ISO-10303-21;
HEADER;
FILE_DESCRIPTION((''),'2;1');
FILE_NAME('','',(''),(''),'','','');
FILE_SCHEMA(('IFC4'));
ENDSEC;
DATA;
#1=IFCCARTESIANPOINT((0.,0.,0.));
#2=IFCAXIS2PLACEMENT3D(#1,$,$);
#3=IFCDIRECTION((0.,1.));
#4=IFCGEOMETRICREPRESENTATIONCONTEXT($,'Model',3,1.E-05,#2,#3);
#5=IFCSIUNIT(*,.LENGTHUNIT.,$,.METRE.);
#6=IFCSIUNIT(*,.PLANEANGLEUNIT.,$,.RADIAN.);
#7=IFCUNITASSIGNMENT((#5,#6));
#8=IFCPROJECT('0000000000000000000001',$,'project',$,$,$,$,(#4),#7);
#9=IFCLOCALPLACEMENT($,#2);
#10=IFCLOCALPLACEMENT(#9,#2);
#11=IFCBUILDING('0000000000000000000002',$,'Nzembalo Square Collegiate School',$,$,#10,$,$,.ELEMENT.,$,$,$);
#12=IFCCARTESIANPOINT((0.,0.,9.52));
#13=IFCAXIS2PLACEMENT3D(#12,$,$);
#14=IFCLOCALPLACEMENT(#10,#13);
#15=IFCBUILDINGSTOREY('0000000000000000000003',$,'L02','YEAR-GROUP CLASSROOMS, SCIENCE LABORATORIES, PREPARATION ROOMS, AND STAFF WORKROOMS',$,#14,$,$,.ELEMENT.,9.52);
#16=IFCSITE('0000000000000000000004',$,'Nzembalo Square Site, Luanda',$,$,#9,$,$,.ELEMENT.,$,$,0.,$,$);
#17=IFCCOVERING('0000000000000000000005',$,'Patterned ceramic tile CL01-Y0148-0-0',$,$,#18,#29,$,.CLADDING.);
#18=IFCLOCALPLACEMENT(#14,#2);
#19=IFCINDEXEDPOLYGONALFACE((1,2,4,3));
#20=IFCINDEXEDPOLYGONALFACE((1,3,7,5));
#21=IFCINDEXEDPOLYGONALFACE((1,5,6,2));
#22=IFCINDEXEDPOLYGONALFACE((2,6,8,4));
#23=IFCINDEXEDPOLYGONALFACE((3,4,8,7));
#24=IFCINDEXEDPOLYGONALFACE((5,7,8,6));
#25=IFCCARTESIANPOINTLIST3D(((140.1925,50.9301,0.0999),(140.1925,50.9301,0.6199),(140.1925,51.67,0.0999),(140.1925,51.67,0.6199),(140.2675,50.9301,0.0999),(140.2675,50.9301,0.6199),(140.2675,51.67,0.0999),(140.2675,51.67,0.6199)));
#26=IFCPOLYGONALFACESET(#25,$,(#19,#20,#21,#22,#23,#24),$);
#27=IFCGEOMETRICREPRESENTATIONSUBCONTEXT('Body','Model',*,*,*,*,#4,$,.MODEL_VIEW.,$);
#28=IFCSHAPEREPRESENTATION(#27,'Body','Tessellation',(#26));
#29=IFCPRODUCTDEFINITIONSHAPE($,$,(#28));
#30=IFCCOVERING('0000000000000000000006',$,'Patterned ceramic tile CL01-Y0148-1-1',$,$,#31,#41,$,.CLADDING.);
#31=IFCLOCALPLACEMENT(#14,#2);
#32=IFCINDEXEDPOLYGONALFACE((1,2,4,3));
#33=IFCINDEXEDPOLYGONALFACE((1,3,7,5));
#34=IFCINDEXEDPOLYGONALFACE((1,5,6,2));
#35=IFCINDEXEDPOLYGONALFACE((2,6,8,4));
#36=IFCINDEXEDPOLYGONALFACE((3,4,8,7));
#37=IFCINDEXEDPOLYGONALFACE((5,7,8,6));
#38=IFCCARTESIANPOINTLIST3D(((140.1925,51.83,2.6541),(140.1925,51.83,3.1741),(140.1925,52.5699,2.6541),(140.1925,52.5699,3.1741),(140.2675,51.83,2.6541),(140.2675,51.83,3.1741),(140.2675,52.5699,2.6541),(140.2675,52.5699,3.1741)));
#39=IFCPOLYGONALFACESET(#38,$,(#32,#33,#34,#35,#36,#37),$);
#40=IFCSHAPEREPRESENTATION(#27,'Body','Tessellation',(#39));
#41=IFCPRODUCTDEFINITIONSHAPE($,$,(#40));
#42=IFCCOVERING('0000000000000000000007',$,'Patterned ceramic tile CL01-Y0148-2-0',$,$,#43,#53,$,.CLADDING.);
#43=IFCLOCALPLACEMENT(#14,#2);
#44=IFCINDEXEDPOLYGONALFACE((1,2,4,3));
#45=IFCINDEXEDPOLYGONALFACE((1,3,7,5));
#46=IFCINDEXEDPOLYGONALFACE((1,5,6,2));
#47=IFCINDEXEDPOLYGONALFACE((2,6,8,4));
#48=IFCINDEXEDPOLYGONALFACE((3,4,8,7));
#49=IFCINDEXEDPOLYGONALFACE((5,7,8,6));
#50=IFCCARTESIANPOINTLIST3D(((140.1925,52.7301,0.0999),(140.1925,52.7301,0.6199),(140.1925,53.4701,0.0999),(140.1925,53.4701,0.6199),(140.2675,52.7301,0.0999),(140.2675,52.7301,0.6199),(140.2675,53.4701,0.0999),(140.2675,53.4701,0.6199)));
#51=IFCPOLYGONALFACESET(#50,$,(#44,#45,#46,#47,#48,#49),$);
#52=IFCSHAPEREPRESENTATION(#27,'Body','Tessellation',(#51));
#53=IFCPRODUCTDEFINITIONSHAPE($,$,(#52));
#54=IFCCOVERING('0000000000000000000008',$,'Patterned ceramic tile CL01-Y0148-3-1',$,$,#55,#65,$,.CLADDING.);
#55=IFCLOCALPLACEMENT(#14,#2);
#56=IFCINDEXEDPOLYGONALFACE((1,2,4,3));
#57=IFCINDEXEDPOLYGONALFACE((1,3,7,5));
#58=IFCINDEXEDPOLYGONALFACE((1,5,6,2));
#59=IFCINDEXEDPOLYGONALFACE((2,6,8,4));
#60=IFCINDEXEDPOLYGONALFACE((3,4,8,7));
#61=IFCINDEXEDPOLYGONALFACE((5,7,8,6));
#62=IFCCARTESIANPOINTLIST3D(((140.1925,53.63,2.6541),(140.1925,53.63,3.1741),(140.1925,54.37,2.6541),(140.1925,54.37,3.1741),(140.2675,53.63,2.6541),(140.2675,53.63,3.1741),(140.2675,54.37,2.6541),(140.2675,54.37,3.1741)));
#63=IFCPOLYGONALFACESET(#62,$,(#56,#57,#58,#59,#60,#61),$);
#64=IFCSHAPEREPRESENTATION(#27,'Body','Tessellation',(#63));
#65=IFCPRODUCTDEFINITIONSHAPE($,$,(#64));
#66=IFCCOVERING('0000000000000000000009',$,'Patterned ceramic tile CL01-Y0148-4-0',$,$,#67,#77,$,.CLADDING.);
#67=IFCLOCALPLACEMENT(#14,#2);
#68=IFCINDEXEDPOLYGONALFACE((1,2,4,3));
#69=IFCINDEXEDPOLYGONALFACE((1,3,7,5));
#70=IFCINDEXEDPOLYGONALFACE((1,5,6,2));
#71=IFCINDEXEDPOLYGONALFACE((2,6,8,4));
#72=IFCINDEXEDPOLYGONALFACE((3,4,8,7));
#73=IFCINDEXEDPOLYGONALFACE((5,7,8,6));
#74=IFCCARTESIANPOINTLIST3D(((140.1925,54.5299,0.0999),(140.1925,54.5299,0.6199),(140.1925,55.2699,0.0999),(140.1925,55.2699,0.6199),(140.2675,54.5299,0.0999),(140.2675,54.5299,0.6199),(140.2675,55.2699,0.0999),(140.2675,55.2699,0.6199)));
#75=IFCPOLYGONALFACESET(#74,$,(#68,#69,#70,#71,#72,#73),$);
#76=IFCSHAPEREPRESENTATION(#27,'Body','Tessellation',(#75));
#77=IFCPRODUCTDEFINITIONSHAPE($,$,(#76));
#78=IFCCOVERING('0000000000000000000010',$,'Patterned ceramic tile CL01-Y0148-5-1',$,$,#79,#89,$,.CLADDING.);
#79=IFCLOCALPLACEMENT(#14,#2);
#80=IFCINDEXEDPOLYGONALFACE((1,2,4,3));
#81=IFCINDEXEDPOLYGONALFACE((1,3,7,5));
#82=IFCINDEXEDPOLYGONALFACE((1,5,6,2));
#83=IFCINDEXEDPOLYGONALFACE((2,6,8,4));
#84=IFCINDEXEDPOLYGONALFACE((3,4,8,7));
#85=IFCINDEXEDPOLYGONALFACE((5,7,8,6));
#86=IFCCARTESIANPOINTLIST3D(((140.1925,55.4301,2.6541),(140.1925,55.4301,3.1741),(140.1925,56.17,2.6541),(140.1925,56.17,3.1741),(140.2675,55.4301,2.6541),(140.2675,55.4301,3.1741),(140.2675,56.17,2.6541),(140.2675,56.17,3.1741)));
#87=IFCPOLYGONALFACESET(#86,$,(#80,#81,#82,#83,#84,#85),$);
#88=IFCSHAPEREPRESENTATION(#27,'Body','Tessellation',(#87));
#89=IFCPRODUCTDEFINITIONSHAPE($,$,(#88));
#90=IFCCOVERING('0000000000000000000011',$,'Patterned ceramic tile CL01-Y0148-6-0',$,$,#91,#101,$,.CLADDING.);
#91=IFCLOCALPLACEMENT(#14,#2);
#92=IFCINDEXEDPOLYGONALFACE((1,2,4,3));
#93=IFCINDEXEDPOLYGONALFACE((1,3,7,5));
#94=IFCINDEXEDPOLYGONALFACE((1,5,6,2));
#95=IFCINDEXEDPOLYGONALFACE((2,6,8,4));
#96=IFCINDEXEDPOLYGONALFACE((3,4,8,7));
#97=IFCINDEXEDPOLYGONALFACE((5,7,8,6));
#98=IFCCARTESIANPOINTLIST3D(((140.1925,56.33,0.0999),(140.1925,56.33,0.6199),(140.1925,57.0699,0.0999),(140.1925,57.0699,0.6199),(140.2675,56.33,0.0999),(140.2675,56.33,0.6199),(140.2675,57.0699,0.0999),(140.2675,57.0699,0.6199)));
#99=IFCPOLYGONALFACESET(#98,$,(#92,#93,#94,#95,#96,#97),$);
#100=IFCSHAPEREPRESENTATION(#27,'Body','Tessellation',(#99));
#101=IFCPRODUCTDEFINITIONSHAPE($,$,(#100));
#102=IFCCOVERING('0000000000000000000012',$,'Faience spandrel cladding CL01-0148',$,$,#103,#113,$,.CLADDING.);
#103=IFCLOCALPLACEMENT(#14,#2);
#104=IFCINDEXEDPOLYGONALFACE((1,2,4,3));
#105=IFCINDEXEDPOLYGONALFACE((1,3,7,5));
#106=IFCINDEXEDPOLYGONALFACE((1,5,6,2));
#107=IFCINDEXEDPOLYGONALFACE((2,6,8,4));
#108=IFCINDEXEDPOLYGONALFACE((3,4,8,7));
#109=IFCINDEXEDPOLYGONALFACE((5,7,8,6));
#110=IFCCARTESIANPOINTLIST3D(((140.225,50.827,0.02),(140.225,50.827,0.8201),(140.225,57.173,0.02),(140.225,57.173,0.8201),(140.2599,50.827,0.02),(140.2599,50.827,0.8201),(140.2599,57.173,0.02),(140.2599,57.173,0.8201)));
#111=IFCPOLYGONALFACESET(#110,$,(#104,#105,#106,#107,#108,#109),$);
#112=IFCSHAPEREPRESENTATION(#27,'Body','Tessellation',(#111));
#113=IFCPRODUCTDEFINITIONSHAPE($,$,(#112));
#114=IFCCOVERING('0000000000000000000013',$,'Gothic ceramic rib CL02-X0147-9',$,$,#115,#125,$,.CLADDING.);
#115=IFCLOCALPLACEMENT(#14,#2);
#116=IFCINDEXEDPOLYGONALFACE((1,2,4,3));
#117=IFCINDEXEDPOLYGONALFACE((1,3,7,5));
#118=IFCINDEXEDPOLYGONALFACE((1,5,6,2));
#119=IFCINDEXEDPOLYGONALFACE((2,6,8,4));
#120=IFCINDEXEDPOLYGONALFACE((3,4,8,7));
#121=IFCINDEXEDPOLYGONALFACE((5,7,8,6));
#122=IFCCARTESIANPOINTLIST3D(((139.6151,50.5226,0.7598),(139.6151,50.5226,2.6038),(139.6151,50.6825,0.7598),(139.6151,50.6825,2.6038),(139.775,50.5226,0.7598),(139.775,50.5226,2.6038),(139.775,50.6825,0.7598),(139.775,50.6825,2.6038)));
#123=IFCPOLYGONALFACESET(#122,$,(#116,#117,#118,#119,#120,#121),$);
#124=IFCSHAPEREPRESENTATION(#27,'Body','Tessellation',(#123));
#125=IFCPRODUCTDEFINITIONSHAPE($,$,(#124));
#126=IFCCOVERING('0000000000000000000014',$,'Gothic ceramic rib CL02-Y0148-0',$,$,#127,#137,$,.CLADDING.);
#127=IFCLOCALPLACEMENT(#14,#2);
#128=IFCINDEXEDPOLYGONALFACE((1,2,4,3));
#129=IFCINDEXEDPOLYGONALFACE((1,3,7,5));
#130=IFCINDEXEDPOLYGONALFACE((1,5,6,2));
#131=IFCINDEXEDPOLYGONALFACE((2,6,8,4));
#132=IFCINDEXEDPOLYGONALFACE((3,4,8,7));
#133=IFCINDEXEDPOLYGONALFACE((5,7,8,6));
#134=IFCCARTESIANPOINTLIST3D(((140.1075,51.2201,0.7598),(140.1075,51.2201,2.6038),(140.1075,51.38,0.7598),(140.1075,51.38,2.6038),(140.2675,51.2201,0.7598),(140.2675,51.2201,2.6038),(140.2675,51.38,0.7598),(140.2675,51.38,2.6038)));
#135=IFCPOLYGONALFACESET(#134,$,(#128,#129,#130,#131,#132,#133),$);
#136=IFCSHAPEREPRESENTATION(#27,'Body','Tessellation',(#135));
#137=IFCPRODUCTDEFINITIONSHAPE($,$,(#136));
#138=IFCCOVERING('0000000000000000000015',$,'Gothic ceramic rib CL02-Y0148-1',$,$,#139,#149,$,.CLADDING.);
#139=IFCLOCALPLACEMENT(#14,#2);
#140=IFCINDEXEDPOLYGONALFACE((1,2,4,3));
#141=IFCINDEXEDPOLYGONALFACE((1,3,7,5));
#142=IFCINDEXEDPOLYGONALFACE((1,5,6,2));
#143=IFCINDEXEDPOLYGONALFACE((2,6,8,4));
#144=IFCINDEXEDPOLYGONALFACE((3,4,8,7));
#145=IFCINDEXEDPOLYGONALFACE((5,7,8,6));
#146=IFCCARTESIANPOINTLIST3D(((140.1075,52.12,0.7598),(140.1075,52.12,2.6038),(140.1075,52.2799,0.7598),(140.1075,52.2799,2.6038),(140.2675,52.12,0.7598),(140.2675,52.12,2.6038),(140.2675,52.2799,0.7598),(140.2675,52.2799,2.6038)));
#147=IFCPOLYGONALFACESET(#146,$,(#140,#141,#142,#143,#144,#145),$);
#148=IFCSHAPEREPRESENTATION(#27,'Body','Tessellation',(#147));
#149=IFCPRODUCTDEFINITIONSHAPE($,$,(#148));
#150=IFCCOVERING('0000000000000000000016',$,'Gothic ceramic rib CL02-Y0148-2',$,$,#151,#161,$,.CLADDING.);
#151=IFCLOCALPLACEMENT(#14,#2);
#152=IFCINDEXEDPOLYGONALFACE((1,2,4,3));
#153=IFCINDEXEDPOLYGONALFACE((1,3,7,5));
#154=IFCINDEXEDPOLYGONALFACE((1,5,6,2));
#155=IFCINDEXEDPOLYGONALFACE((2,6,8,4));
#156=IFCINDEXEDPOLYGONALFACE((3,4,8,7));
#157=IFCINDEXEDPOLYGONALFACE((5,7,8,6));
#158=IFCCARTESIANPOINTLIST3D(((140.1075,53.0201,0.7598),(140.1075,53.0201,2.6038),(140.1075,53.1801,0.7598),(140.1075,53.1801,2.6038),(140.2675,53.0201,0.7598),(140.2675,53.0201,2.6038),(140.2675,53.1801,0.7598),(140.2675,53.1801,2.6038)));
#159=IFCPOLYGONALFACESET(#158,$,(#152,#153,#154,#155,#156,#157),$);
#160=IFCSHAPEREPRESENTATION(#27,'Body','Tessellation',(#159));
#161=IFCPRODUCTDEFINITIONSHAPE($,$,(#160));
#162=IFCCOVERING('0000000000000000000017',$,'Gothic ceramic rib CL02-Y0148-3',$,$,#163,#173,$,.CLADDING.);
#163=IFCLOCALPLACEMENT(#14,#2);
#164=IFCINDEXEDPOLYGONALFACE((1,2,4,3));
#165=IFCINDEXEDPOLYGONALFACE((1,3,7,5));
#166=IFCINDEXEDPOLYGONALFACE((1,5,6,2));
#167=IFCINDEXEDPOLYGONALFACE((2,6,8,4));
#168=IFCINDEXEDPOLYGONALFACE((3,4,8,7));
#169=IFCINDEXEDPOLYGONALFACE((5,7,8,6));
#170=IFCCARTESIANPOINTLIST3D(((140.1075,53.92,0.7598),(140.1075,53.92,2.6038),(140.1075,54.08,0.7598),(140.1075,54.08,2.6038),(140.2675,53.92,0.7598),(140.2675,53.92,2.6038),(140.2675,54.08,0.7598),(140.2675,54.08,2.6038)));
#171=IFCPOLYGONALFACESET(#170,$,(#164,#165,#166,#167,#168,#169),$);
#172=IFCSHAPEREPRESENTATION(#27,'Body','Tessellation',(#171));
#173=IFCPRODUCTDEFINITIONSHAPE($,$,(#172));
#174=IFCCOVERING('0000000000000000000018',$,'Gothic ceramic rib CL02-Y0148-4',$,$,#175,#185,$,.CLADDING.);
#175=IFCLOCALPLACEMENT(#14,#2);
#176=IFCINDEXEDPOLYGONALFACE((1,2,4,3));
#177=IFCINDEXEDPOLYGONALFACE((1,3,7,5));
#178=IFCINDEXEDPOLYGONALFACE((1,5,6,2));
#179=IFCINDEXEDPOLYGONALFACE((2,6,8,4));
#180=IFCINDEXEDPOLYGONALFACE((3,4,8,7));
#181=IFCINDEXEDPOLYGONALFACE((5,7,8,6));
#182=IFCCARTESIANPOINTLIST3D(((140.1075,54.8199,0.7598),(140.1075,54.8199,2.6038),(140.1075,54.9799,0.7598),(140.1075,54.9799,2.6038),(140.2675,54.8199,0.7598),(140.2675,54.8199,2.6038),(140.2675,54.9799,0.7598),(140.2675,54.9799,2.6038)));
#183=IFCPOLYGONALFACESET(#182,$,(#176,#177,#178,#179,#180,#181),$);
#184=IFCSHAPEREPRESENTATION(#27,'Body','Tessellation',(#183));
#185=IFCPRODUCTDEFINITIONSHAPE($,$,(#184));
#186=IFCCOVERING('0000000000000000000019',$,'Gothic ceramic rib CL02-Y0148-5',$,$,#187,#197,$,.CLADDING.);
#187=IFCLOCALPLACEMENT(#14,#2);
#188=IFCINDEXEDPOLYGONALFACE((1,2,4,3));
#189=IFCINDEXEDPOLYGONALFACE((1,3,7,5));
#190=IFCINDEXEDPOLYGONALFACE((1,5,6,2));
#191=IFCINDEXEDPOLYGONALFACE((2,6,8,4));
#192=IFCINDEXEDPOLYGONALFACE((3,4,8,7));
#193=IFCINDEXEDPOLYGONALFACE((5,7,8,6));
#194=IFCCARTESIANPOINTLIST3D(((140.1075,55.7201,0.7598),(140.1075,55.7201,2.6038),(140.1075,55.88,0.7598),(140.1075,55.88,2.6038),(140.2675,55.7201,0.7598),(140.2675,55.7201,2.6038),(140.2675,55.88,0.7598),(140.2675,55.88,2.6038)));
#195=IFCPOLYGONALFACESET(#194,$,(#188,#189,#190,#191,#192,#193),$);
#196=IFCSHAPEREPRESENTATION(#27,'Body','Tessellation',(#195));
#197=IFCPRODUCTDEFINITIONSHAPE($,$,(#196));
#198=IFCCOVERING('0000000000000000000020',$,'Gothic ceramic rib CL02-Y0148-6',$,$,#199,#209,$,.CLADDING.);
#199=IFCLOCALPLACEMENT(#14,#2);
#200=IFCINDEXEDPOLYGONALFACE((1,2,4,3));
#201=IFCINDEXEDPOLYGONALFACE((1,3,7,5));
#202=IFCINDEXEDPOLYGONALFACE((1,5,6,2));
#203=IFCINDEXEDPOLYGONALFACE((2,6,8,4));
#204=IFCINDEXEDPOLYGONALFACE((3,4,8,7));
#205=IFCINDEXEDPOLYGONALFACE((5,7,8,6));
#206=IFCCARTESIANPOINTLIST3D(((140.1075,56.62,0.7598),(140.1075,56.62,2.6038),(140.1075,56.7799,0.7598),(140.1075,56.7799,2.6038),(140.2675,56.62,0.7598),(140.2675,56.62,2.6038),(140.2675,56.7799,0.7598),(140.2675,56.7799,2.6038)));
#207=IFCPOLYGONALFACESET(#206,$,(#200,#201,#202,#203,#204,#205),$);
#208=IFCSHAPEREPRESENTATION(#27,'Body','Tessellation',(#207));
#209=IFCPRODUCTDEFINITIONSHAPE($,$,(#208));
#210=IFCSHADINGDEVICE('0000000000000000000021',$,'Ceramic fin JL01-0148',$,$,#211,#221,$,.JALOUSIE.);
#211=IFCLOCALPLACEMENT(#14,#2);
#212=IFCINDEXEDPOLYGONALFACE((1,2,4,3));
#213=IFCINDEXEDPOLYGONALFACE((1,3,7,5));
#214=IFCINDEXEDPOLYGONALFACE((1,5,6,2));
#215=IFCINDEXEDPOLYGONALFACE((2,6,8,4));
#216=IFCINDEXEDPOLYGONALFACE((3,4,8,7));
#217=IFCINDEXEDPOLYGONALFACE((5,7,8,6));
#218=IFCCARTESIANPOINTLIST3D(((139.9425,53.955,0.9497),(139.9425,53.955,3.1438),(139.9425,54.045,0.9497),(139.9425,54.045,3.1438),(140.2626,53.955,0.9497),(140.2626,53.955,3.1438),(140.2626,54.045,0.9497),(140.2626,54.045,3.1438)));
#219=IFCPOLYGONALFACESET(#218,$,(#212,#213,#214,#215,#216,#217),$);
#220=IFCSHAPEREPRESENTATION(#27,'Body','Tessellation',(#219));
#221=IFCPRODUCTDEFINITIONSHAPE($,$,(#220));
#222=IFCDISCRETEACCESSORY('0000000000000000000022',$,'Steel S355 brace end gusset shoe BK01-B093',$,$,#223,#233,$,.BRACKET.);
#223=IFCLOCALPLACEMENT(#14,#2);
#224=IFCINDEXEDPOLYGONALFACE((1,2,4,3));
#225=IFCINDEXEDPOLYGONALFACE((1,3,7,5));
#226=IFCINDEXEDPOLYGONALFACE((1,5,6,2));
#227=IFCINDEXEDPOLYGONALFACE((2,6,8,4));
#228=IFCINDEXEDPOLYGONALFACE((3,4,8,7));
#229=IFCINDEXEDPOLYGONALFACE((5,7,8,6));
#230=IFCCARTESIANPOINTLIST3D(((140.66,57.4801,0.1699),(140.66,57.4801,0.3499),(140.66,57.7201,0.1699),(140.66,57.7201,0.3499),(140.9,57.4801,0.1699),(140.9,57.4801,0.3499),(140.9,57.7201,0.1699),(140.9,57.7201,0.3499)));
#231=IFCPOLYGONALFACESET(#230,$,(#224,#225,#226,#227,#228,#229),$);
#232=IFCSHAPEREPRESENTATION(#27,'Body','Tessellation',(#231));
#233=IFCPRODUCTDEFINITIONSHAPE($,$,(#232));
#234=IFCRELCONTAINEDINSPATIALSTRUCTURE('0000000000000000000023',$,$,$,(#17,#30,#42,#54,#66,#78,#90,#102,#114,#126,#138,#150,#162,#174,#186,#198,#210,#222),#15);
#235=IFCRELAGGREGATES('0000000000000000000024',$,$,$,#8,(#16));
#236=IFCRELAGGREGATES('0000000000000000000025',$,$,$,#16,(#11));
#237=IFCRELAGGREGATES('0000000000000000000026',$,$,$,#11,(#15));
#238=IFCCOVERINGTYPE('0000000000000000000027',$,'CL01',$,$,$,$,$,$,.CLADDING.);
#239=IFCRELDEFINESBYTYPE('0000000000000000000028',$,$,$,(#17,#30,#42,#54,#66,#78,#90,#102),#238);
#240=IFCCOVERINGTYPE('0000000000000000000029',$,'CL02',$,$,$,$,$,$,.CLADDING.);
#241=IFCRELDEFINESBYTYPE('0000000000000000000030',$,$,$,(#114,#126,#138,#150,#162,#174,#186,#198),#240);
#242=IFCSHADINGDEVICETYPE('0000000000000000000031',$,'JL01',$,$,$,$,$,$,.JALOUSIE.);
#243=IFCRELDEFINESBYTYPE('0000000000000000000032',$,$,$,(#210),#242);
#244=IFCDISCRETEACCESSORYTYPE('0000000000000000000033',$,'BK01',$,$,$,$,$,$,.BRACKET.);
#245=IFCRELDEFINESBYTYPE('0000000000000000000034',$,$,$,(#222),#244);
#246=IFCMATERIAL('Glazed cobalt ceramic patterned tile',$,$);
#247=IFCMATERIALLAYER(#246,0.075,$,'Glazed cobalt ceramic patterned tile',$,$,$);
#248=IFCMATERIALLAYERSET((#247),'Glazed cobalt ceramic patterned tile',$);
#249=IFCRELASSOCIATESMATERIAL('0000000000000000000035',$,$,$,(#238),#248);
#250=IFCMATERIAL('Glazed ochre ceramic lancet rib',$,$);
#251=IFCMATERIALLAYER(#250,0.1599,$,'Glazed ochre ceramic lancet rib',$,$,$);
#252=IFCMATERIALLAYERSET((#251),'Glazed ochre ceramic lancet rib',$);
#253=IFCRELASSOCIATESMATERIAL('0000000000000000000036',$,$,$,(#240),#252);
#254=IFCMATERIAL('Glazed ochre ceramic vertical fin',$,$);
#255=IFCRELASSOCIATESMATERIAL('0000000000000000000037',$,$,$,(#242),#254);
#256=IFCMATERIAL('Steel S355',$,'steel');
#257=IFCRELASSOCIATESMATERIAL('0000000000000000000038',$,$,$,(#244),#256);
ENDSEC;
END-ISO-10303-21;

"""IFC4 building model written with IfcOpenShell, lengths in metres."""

from ifc_helpers import new_model, si_unit, direction, frame, origin, origin_2d, place, context, subcontext, project, spatial, rectangle, extrude, material, layer, layer_set, type_object, element, save


model = new_model("IFC4")

# Units and contexts
model_context = context("Model", 3, precision=1e-05, world=origin(), true_north=direction((0.0, 1.0)))
body_context = subcontext(model_context, "Body", "Model", "MODEL_VIEW")
ifc_project = project(units=[si_unit("LENGTHUNIT", "METRE"), si_unit("PLANEANGLEUNIT", "RADIAN")], contexts=[model_context])

# Site, building, storey
site_placement = place(None, origin())
site = spatial("IfcSite", under=ifc_project, at=site_placement, Name="Nzembalo Square Site, Luanda", CompositionType="ELEMENT", RefElevation=0.0)
building_placement = place(site_placement, origin())
building = spatial("IfcBuilding", under=site, at=building_placement, Name="Nzembalo Square Collegiate School", CompositionType="ELEMENT")
storey_placement = place(building_placement, frame((0.0, 0.0, 9.52)))
storey = spatial("IfcBuildingStorey", under=building, at=storey_placement, Name="L02", Description="YEAR-GROUP CLASSROOMS, SCIENCE LABORATORIES, PREPARATION ROOMS, AND STAFF WORKROOMS", CompositionType="ELEMENT", Elevation=9.52)

# Coverings
ifc_material_1 = material(Name="Glazed cobalt ceramic patterned tile")
ifc_layer_1 = layer(ifc_material_1, 0.075, Name="Glazed cobalt ceramic patterned tile")
ifc_layer_set_1 = layer_set([ifc_layer_1], Name="Glazed cobalt ceramic patterned tile")
covering_type_1 = type_object("IfcCoveringType", Name="CL01", PredefinedType="CLADDING", material=ifc_layer_set_1)
for number, where, z_axis, x_axis, name in (
    (1, (140.23, 51.3, 0.0999), (0.0, 0.0, 1.0), (1.0, 0.0, 0.0), "Patterned ceramic tile CL01-Y0148-0-0"),
    (2, (140.23, 52.2, 2.6541), (0.0, 0.0, 1.0), (1.0, 0.0, 0.0), "Patterned ceramic tile CL01-Y0148-1-1"),
    (3, (140.23, 53.1001, 0.0999), (0.0, 0.0, 1.0), (1.0, 0.0, 0.0), "Patterned ceramic tile CL01-Y0148-2-0"),
    (4, (140.23, 54.0, 2.6541), (0.0, 0.0, 1.0), (1.0, 0.0, 0.0), "Patterned ceramic tile CL01-Y0148-3-1"),
    (5, (140.23, 54.8999, 0.0999), (0.0, 0.0, 1.0), (1.0, 0.0, 0.0), "Patterned ceramic tile CL01-Y0148-4-0"),
    (6, (140.23, 55.8, 2.6541), (0.0, 0.0, 1.0), (1.0, 0.0, 0.0), "Patterned ceramic tile CL01-Y0148-5-1"),
    (7, (140.23, 56.7, 0.0999), (0.0, 0.0, 1.0), (1.0, 0.0, 0.0), "Patterned ceramic tile CL01-Y0148-6-0"),
):
    element("IfcCovering", number, at=place(storey_placement, frame(where, z_axis=z_axis, x_axis=x_axis)), inside=storey, type_object=covering_type_1, Name=name, PredefinedType="CLADDING", context=body_context, shape_type="SweptSolid", body=[
        extrude(rectangle(XDim=0.075, YDim=0.74, at=origin_2d()), origin(), (0.0, 0.0, 1.0), 0.52),
    ])
covering_placement = place(storey_placement, frame((140.2424, 54.0, 0.02), z_axis=(0.0, 0.0, 1.0), x_axis=(1.0, 0.0, 0.0)))
element("IfcCovering", 8, at=covering_placement, inside=storey, type_object=covering_type_1, Name="Faience spandrel cladding CL01-0148", PredefinedType="CLADDING", context=body_context, shape_type="SweptSolid", body=[
    extrude(rectangle(XDim=0.0349, YDim=6.3459, at=origin_2d()), origin(), (0.0, 0.0, 1.0), 0.8),
])
ifc_material_2 = material(Name="Glazed ochre ceramic lancet rib")
ifc_layer_2 = layer(ifc_material_2, 0.1599, Name="Glazed ochre ceramic lancet rib")
ifc_layer_set_2 = layer_set([ifc_layer_2], Name="Glazed ochre ceramic lancet rib")
covering_type_2 = type_object("IfcCoveringType", Name="CL02", PredefinedType="CLADDING", material=ifc_layer_set_2)
for number, where, z_axis, x_axis, name in (
    (9, (139.6951, 50.6025, 0.7598), (0.0, 0.0, 1.0), (1.0, 0.0, 0.0), "Gothic ceramic rib CL02-X0147-9"),
    (10, (140.1875, 51.3, 0.7598), (0.0, 0.0, 1.0), (1.0, 0.0, 0.0), "Gothic ceramic rib CL02-Y0148-0"),
    (11, (140.1875, 52.2, 0.7598), (0.0, 0.0, 1.0), (1.0, 0.0, 0.0), "Gothic ceramic rib CL02-Y0148-1"),
    (12, (140.1875, 53.1001, 0.7598), (0.0, 0.0, 1.0), (1.0, 0.0, 0.0), "Gothic ceramic rib CL02-Y0148-2"),
    (13, (140.1875, 54.0, 0.7598), (0.0, 0.0, 1.0), (1.0, 0.0, 0.0), "Gothic ceramic rib CL02-Y0148-3"),
    (14, (140.1875, 54.8999, 0.7598), (0.0, 0.0, 1.0), (1.0, 0.0, 0.0), "Gothic ceramic rib CL02-Y0148-4"),
    (15, (140.1875, 55.8, 0.7598), (0.0, 0.0, 1.0), (1.0, 0.0, 0.0), "Gothic ceramic rib CL02-Y0148-5"),
    (16, (140.1875, 56.7, 0.7598), (0.0, 0.0, 1.0), (1.0, 0.0, 0.0), "Gothic ceramic rib CL02-Y0148-6"),
):
    element("IfcCovering", number, at=place(storey_placement, frame(where, z_axis=z_axis, x_axis=x_axis)), inside=storey, type_object=covering_type_2, Name=name, PredefinedType="CLADDING", context=body_context, shape_type="SweptSolid", body=[
        extrude(rectangle(XDim=0.1599, YDim=0.1599, at=origin_2d()), origin(), (0.0, 0.0, 1.0), 1.844),
    ])

# Shading device
ifc_material_3 = material(Name="Glazed ochre ceramic vertical fin")
shading_device_type = type_object("IfcShadingDeviceType", Name="JL01", PredefinedType="JALOUSIE", material=ifc_material_3)
shading_device_placement = place(storey_placement, frame((140.1025, 54.0, 0.9497), z_axis=(0.0, 0.0, 1.0), x_axis=(1.0, 0.0, 0.0)))
element("IfcShadingDevice", 17, at=shading_device_placement, inside=storey, type_object=shading_device_type, Name="Ceramic fin JL01-0148", PredefinedType="JALOUSIE", context=body_context, shape_type="SweptSolid", body=[
    extrude(rectangle(XDim=0.3201, YDim=0.0901, at=origin_2d()), origin(), (0.0, 0.0, 1.0), 2.1941),
])

# Discrete accessory
ifc_material_4 = material(Name="Steel S355", Category="steel")
discrete_accessory_type = type_object("IfcDiscreteAccessoryType", Name="BK01", PredefinedType="BRACKET", material=ifc_material_4)
discrete_accessory_placement = place(storey_placement, frame((140.78, 57.6001, 0.1699), z_axis=(0.0, 0.0, 1.0), x_axis=(1.0, 0.0, 0.0)))
element("IfcDiscreteAccessory", 18, at=discrete_accessory_placement, inside=storey, type_object=discrete_accessory_type, Name="Steel S355 brace end gusset shoe BK01-B093", PredefinedType="BRACKET", context=body_context, shape_type="SweptSolid", body=[
    extrude(rectangle(XDim=0.24, YDim=0.24, at=origin_2d()), origin(), (0.0, 0.0, 1.0), 0.1799),
])

save(model, "model.ifc")
